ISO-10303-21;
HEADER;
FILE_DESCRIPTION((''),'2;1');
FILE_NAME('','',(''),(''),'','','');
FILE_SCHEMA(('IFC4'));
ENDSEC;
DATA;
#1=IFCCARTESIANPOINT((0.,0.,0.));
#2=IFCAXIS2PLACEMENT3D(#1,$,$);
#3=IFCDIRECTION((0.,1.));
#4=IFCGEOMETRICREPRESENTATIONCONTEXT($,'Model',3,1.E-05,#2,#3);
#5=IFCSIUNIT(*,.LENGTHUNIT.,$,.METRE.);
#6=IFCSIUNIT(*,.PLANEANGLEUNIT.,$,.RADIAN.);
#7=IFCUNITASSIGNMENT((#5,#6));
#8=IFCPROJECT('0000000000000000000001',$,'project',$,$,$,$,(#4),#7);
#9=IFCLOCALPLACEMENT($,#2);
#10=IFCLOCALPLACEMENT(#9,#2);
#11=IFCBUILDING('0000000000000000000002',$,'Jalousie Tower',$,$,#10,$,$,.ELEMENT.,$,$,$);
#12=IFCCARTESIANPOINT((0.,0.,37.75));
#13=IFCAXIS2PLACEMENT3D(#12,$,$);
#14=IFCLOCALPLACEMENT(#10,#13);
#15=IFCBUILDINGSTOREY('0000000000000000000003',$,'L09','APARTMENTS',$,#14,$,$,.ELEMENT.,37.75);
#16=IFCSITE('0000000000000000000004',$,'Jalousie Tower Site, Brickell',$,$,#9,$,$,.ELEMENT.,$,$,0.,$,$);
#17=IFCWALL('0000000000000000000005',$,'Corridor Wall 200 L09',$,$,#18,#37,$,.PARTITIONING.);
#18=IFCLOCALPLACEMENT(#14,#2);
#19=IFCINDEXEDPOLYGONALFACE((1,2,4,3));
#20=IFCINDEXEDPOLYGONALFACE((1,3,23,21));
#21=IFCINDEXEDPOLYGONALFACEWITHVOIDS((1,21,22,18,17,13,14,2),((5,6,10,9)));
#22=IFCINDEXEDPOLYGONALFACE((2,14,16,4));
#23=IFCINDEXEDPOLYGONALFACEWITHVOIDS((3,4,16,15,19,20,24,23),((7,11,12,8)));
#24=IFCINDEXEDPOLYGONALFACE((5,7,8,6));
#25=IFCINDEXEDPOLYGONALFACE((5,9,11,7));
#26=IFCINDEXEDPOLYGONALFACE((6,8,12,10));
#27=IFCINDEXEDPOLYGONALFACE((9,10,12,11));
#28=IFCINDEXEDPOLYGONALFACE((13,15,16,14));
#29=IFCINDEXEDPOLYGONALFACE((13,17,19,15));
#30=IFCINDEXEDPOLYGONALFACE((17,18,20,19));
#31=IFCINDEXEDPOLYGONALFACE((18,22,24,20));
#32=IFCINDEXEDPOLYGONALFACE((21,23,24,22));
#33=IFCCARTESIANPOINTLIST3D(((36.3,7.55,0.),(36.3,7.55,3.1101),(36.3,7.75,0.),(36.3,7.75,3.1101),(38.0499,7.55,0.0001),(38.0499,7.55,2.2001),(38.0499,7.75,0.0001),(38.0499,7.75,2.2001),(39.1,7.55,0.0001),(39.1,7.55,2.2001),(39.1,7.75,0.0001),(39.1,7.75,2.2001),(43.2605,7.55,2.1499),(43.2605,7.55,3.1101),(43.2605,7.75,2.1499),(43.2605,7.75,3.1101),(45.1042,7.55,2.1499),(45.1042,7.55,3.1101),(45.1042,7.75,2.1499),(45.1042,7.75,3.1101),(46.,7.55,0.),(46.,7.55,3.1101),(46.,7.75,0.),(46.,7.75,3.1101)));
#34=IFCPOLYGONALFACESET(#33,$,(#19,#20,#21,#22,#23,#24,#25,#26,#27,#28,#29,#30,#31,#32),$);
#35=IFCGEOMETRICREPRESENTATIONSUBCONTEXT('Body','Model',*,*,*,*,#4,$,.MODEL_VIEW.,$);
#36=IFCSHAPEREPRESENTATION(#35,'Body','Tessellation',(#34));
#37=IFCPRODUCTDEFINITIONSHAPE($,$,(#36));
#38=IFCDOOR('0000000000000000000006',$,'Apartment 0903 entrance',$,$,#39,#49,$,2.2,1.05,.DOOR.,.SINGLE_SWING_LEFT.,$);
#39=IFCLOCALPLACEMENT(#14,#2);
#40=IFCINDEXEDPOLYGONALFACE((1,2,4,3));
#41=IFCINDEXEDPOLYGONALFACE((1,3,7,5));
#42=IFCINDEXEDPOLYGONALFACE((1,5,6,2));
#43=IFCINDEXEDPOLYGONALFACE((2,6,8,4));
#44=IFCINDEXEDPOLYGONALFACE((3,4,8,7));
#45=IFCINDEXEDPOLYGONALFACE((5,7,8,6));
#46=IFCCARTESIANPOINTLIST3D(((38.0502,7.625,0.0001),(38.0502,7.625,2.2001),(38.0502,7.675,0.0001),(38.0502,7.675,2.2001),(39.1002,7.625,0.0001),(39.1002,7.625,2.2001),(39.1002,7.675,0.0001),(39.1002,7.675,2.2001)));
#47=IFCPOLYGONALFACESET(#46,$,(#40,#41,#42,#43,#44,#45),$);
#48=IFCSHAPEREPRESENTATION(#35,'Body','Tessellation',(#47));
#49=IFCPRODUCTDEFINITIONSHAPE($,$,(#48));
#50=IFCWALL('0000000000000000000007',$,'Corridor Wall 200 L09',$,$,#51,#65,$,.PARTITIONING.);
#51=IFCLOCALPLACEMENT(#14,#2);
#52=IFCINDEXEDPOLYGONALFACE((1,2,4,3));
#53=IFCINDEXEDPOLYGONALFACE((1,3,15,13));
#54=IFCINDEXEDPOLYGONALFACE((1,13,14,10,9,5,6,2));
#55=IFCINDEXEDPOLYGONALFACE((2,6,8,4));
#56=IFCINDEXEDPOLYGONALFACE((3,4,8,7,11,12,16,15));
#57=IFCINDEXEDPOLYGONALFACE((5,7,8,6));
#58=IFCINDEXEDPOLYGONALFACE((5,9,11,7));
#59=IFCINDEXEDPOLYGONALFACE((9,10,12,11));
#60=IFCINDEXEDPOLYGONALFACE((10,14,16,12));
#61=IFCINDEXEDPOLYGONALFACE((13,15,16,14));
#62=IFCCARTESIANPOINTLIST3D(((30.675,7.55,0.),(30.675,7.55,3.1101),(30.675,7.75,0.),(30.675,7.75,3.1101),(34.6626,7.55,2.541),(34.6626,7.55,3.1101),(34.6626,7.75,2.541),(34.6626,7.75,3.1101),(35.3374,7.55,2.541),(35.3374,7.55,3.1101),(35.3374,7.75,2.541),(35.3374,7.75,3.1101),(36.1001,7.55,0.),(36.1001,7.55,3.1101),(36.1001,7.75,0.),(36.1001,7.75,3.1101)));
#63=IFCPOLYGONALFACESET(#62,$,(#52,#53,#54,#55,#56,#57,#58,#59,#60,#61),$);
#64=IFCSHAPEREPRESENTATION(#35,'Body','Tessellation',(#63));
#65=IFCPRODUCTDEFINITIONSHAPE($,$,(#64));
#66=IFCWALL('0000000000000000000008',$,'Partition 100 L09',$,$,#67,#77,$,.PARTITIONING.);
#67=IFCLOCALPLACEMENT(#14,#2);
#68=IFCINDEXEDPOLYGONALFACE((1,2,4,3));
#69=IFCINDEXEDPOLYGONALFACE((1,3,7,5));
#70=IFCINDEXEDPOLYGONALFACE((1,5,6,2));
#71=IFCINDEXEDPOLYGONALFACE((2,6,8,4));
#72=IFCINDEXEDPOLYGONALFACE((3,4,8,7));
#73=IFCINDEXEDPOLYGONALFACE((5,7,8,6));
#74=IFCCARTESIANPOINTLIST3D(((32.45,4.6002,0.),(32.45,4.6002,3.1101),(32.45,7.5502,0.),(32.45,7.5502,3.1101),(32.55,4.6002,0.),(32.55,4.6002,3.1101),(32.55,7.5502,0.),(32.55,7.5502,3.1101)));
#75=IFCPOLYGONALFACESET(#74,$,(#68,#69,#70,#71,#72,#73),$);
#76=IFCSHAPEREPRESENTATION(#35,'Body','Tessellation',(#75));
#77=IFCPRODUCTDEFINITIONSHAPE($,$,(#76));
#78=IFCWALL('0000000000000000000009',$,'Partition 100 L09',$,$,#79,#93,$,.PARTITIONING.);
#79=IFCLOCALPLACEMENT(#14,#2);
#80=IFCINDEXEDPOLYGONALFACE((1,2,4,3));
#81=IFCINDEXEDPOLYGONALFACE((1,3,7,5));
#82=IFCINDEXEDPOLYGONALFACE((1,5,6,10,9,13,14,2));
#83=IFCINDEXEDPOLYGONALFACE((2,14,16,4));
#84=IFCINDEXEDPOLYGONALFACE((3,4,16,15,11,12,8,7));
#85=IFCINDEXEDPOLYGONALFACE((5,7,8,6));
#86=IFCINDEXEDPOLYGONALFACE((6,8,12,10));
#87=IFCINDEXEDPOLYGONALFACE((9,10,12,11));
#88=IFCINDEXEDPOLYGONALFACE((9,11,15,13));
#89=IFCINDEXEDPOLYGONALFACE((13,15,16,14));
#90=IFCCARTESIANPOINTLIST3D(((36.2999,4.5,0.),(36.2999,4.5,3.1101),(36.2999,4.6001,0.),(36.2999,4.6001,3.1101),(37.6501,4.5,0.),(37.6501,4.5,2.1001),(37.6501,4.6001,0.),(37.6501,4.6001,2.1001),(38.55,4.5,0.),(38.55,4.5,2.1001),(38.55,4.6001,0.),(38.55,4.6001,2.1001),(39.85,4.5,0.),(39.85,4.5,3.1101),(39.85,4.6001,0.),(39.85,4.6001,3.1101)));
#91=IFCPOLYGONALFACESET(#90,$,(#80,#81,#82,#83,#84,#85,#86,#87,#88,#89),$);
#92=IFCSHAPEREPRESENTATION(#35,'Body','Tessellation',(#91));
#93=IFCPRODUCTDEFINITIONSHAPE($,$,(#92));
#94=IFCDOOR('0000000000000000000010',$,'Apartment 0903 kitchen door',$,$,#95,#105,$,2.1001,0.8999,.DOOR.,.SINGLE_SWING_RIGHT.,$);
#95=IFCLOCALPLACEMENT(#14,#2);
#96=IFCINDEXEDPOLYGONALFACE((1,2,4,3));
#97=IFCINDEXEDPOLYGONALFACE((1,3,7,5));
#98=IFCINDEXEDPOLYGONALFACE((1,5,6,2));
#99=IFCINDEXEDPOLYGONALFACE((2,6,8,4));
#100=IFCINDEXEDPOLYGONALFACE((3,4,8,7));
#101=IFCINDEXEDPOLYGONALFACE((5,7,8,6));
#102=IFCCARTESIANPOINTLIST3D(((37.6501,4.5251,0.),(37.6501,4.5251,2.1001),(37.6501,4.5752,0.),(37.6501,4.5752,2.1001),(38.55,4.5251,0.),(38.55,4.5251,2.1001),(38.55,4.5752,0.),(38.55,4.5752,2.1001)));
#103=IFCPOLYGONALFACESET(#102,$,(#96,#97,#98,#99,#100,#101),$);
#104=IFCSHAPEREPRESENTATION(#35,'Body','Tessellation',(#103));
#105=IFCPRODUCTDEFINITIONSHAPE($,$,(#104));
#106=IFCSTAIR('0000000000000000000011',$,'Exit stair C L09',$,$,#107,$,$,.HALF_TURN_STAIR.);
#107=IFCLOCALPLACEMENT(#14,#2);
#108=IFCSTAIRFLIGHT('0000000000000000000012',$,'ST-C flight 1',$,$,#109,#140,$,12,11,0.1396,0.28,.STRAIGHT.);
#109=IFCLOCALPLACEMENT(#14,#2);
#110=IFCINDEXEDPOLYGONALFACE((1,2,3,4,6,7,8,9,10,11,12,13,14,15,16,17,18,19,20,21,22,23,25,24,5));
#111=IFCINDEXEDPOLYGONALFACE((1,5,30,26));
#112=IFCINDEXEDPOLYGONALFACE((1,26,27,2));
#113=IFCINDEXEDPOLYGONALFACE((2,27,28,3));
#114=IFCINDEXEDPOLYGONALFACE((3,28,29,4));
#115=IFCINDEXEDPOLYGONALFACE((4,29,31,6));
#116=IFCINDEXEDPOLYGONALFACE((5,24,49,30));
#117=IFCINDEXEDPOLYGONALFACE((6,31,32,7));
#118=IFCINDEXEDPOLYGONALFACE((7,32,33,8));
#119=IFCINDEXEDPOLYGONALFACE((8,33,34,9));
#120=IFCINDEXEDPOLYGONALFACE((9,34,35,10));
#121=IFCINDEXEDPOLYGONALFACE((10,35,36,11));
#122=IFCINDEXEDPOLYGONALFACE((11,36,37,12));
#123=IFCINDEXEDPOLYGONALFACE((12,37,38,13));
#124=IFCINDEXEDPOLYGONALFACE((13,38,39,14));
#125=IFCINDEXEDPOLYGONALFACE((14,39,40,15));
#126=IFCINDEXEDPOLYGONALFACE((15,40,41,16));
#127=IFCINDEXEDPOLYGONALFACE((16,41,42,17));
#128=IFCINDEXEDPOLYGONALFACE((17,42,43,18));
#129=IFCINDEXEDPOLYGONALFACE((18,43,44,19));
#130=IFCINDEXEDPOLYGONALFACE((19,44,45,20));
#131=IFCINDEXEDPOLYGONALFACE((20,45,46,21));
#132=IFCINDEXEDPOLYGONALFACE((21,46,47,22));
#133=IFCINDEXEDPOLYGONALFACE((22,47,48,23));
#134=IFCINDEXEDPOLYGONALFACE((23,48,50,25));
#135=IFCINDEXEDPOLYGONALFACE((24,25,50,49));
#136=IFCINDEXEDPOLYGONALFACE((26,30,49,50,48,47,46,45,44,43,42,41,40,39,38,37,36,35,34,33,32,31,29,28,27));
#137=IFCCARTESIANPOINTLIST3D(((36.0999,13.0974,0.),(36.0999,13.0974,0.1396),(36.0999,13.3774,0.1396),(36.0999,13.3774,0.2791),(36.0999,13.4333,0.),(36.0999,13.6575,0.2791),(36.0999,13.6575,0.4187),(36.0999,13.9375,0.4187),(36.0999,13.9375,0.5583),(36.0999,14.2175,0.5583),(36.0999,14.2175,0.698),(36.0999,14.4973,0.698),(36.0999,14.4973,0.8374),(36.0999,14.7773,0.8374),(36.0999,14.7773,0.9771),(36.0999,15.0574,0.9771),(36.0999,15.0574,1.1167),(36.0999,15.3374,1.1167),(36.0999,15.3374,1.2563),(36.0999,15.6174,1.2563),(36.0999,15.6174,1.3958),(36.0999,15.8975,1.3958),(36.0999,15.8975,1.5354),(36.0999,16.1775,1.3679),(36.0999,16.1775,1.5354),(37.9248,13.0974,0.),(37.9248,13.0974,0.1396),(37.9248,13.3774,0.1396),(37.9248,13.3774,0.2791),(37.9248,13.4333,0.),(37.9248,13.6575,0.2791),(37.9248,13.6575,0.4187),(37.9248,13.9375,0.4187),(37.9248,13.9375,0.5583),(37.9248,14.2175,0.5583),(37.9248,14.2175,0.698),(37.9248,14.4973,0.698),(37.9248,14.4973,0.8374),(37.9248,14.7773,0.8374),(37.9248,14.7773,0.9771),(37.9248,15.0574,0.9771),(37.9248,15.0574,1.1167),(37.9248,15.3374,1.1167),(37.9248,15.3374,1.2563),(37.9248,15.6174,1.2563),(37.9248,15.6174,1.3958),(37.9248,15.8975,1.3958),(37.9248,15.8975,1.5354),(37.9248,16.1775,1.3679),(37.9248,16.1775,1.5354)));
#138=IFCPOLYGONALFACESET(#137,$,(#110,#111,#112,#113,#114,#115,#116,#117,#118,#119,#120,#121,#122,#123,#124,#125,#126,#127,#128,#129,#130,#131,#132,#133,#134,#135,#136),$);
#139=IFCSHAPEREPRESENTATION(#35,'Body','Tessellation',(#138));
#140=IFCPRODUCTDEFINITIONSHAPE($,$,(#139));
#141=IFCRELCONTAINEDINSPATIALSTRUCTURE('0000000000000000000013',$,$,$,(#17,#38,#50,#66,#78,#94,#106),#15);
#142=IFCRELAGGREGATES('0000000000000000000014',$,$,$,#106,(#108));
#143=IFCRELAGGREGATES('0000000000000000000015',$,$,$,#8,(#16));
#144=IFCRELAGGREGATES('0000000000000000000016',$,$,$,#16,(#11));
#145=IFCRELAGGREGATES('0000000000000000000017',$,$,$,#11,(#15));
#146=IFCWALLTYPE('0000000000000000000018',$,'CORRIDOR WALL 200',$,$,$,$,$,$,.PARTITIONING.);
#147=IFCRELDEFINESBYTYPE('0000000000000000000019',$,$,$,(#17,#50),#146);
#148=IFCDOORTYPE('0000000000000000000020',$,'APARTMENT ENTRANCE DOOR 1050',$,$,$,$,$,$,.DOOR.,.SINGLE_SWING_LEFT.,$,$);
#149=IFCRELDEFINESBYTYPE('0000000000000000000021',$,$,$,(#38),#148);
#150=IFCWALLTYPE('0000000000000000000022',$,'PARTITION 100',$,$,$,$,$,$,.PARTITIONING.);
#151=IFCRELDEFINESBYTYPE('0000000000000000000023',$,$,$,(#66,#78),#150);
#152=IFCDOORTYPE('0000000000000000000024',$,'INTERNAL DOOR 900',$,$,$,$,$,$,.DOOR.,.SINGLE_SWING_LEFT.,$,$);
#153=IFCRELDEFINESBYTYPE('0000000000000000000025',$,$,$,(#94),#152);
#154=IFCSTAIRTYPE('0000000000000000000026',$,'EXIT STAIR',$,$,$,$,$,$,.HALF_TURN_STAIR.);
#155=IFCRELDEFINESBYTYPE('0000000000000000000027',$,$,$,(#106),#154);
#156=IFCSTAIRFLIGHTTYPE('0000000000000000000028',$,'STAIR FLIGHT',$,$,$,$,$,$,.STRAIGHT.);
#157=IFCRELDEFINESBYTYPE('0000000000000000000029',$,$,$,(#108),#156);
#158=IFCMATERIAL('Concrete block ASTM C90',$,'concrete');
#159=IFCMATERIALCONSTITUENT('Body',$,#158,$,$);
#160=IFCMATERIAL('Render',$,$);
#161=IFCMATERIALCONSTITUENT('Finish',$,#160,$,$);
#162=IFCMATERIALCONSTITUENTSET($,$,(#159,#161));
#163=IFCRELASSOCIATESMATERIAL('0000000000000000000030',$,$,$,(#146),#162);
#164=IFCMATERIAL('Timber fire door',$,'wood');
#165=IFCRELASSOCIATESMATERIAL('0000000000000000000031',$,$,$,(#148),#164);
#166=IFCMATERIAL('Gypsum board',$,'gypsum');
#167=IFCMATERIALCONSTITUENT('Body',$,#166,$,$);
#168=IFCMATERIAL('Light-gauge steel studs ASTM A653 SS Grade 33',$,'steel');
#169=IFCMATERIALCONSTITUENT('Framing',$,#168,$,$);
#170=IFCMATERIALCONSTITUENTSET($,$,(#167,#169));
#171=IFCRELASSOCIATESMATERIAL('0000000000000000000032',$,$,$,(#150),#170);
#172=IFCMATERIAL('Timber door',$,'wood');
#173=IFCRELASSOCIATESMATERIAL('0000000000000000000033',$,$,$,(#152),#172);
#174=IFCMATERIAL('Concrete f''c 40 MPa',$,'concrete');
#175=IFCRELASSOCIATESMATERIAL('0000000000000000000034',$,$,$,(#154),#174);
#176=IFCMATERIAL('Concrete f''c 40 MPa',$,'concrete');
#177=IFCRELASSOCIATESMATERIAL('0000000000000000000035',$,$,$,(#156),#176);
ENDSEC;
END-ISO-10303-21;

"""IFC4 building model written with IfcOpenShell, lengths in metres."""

from ifc_helpers import new_model, si_unit, direction, frame, frame_2d, origin, place, context, subcontext, project, spatial, polyline, rectangle, outline, extrude, material, constituent, constituent_set, type_object, element, fill, aggregate, save


model = new_model("IFC4")

# Units and contexts
model_context = context("Model", 3, precision=1e-05, world=origin(), true_north=direction((0.0, 1.0)))
body_context = subcontext(model_context, "Body", "Model", "MODEL_VIEW")
ifc_project = project(units=[si_unit("LENGTHUNIT", "METRE"), si_unit("PLANEANGLEUNIT", "RADIAN")], contexts=[model_context])

# Site, building, storey
site_placement = place(None, origin())
site = spatial("IfcSite", under=ifc_project, at=site_placement, Name="Jalousie Tower Site, Brickell", CompositionType="ELEMENT", RefElevation=0.0)
building_placement = place(site_placement, origin())
building = spatial("IfcBuilding", under=site, at=building_placement, Name="Jalousie Tower", CompositionType="ELEMENT")
storey_placement = place(building_placement, frame((0.0, 0.0, 37.75)))
storey = spatial("IfcBuildingStorey", under=building, at=storey_placement, Name="L09", Description="APARTMENTS", CompositionType="ELEMENT", Elevation=37.75)

# Wall, opening, door
ifc_material_1 = material(Name="Concrete block ASTM C90", Category="concrete")
ifc_constituent_1 = constituent(ifc_material_1, Name="Body")
ifc_material_2 = material(Name="Render")
ifc_constituent_2 = constituent(ifc_material_2, Name="Finish")
ifc_constituent_set_1 = constituent_set(constituents=[ifc_constituent_1, ifc_constituent_2])
wall_type_1 = type_object("IfcWallType", Name="CORRIDOR WALL 200", PredefinedType="PARTITIONING", material=ifc_constituent_set_1)
wall_1_placement = place(storey_placement, frame((36.3, 7.6499, 0.0), z_axis=(0.0, 0.0, 1.0), x_axis=(1.0, 0.0, 0.0)))
wall_1 = element("IfcWall", 1, at=wall_1_placement, inside=storey, type_object=wall_type_1, Name="Corridor Wall 200 L09", PredefinedType="PARTITIONING", context=body_context, shape_type="SweptSolid", body=[
    extrude(outline(polyline([(0.0, 0.0), (9.7, 0.0), (9.7, 3.1101), (8.8042, 3.1101), (8.8042, 2.1499), (6.9604, 2.1499), (6.9604, 3.1101), (0.0, 3.1101), (0.0, 0.0)])), frame((0.0, 0.1001, 0.0), z_axis=(0.0, -1.0, 0.0), x_axis=(1.0, 0.0, 0.0)), (0.0, 0.0, 1.0), 0.2),
])
opening_1_placement = place(wall_1_placement, frame((1.75, 0.0, 0.0)))
opening_1 = element("IfcOpeningElement", 2, at=opening_1_placement, cuts=wall_1, PredefinedType="OPENING", context=body_context, shape_type="SweptSolid", body=[
    extrude(rectangle(XDim=1.05, YDim=2.2, at=frame_2d((0.5249, 1.1001))), frame((0.0, 0.1099, 0.0), z_axis=(0.0, -1.0, 0.0), x_axis=(1.0, 0.0, 0.0)), (0.0, 0.0, 1.0), 0.22),
])
ifc_material_3 = material(Name="Timber fire door", Category="wood")
door_type_1 = type_object("IfcDoorType", Name="APARTMENT ENTRANCE DOOR 1050", OperationType="SINGLE_SWING_LEFT", PredefinedType="DOOR", material=ifc_material_3)
door_1_placement = place(opening_1_placement, frame((1.05, 0.0, 0.0), z_axis=(0.0, 0.0, 1.0), x_axis=(-1.0, 0.0, 0.0)))
door_1 = element("IfcDoor", 3, at=door_1_placement, inside=storey, type_object=door_type_1, Name="Apartment 0903 entrance", OperationType="SINGLE_SWING_LEFT", OverallHeight=2.2, OverallWidth=1.05, PredefinedType="DOOR", context=body_context, shape_type="SweptSolid", body=[
    extrude(rectangle(XDim=1.05, YDim=2.2, at=frame_2d((0.5249, 1.1001))), frame((0.0, 0.0249, 0.0), z_axis=(0.0, -1.0, 0.0), x_axis=(1.0, 0.0, 0.0)), (0.0, 0.0, 1.0), 0.05),
])
fill(opening_1, door_1)

# Walls
wall_2_placement = place(storey_placement, frame((30.675, 7.6499, 0.0), z_axis=(0.0, 0.0, 1.0), x_axis=(1.0, 0.0, 0.0)))
element("IfcWall", 4, at=wall_2_placement, inside=storey, type_object=wall_type_1, Name="Corridor Wall 200 L09", PredefinedType="PARTITIONING", context=body_context, shape_type="SweptSolid", body=[
    extrude(outline(polyline([(0.0, 0.0), (5.425, 0.0), (5.425, 3.1101), (4.6624, 3.1101), (4.6624, 2.541), (3.9875, 2.541), (3.9875, 3.1101), (0.0, 3.1101), (0.0, 0.0)])), frame((0.0, 0.1001, 0.0), z_axis=(0.0, -1.0, 0.0), x_axis=(1.0, 0.0, 0.0)), (0.0, 0.0, 1.0), 0.2),
])
ifc_material_4 = material(Name="Gypsum board", Category="gypsum")
ifc_constituent_3 = constituent(ifc_material_4, Name="Body")
ifc_material_5 = material(Name="Light-gauge steel studs ASTM A653 SS Grade 33", Category="steel")
ifc_constituent_4 = constituent(ifc_material_5, Name="Framing")
ifc_constituent_set_2 = constituent_set(constituents=[ifc_constituent_3, ifc_constituent_4])
wall_type_2 = type_object("IfcWallType", Name="PARTITION 100", PredefinedType="PARTITIONING", material=ifc_constituent_set_2)
wall_3_placement = place(storey_placement, frame((32.5, 4.6001, 0.0), z_axis=(0.0, 0.0, 1.0), x_axis=(0.0, 1.0, 0.0)))
element("IfcWall", 5, at=wall_3_placement, inside=storey, type_object=wall_type_2, Name="Partition 100 L09", PredefinedType="PARTITIONING", context=body_context, shape_type="SweptSolid", body=[
    extrude(rectangle(XDim=2.95, YDim=0.1001, at=frame_2d((1.4751, 0.0))), origin(), (0.0, 0.0, 1.0), 3.1101),
])

# Wall, opening, door
wall_4_placement = place(storey_placement, frame((36.3, 4.55, 0.0), z_axis=(0.0, 0.0, 1.0), x_axis=(1.0, 0.0, 0.0)))
wall_4 = element("IfcWall", 6, at=wall_4_placement, inside=storey, type_object=wall_type_2, Name="Partition 100 L09", PredefinedType="PARTITIONING", context=body_context, shape_type="SweptSolid", body=[
    extrude(rectangle(XDim=3.55, YDim=0.1001, at=frame_2d((1.7749, 0.0))), origin(), (0.0, 0.0, 1.0), 3.1101),
])
opening_2_placement = place(wall_4_placement, frame((1.3501, 0.0, 0.0)))
opening_2 = element("IfcOpeningElement", 7, at=opening_2_placement, cuts=wall_4, PredefinedType="OPENING", context=body_context, shape_type="SweptSolid", body=[
    extrude(rectangle(XDim=0.8999, YDim=2.1001, at=frame_2d((0.45, 1.05))), frame((0.0, 0.0601, 0.0), z_axis=(0.0, -1.0, 0.0), x_axis=(1.0, 0.0, 0.0)), (0.0, 0.0, 1.0), 0.1201),
])
ifc_material_6 = material(Name="Timber door", Category="wood")
door_type_2 = type_object("IfcDoorType", Name="INTERNAL DOOR 900", OperationType="SINGLE_SWING_LEFT", PredefinedType="DOOR", material=ifc_material_6)
door_2_placement = place(opening_2_placement, frame((0.8999, 0.0, 0.0), z_axis=(0.0, 0.0, 1.0), x_axis=(-1.0, 0.0, 0.0)))
door_2 = element("IfcDoor", 8, at=door_2_placement, inside=storey, type_object=door_type_2, Name="Apartment 0903 kitchen door", OperationType="SINGLE_SWING_RIGHT", OverallHeight=2.1001, OverallWidth=0.8999, PredefinedType="DOOR", context=body_context, shape_type="SweptSolid", body=[
    extrude(rectangle(XDim=0.8999, YDim=2.1001, at=frame_2d((0.45, 1.05))), frame((0.0, 0.0249, 0.0), z_axis=(0.0, -1.0, 0.0), x_axis=(1.0, 0.0, 0.0)), (0.0, 0.0, 1.0), 0.05),
])
fill(opening_2, door_2)

# Stair, stair flight
ifc_material_7 = material(Name="Concrete f'c 40 MPa", Category="concrete")
stair_type = type_object("IfcStairType", Name="EXIT STAIR", PredefinedType="HALF_TURN_STAIR", material=ifc_material_7)
stair_placement = place(storey_placement, origin())
stair = element("IfcStair", 9, at=stair_placement, inside=storey, type_object=stair_type, Name="Exit stair C L09", PredefinedType="HALF_TURN_STAIR")
ifc_material_8 = material(Name="Concrete f'c 40 MPa", Category="concrete")
stair_flight_type = type_object("IfcStairFlightType", Name="STAIR FLIGHT", PredefinedType="STRAIGHT", material=ifc_material_8)
stair_flight_placement = place(storey_placement, frame((37.0125, 13.0974, 0.0), z_axis=(0.0, 0.0, 1.0), x_axis=(0.0, 1.0, 0.0)))
stair_flight = element("IfcStairFlight", 10, at=stair_flight_placement, type_object=stair_flight_type, Name="ST-C flight 1", NumberOfRisers=12, NumberOfTreads=11, PredefinedType="STRAIGHT", RiserHeight=0.1396, TreadLength=0.28, context=body_context, shape_type="SweptSolid", body=[
    extrude(outline(polyline([(0.0, 0.0), (0.0, 0.1396), (0.28, 0.1396), (0.28, 0.2791), (0.5601, 0.2791), (0.5601, 0.4187), (0.8401, 0.4187), (0.8401, 0.5583), (1.1201, 0.5583), (1.1201, 0.698), (1.3999, 0.698), (1.3999, 0.8374), (1.6799, 0.8374), (1.6799, 0.9771), (1.96, 0.9771), (1.96, 1.1167), (2.24, 1.1167), (2.24, 1.2563), (2.52, 1.2563), (2.52, 1.3958), (2.8, 1.3958), (2.8, 1.5354), (3.0801, 1.5354), (3.0801, 1.675), (3.0801, 1.3679), (0.3359, 0.0), (0.0, 0.0)])), frame((0.0, 0.9126, 0.0), z_axis=(0.0, -1.0, 0.0), x_axis=(1.0, 0.0, 0.0)), (0.0, 0.0, 1.0), 1.825),
])
aggregate(stair, [stair_flight])

save(model, "model.ifc")
